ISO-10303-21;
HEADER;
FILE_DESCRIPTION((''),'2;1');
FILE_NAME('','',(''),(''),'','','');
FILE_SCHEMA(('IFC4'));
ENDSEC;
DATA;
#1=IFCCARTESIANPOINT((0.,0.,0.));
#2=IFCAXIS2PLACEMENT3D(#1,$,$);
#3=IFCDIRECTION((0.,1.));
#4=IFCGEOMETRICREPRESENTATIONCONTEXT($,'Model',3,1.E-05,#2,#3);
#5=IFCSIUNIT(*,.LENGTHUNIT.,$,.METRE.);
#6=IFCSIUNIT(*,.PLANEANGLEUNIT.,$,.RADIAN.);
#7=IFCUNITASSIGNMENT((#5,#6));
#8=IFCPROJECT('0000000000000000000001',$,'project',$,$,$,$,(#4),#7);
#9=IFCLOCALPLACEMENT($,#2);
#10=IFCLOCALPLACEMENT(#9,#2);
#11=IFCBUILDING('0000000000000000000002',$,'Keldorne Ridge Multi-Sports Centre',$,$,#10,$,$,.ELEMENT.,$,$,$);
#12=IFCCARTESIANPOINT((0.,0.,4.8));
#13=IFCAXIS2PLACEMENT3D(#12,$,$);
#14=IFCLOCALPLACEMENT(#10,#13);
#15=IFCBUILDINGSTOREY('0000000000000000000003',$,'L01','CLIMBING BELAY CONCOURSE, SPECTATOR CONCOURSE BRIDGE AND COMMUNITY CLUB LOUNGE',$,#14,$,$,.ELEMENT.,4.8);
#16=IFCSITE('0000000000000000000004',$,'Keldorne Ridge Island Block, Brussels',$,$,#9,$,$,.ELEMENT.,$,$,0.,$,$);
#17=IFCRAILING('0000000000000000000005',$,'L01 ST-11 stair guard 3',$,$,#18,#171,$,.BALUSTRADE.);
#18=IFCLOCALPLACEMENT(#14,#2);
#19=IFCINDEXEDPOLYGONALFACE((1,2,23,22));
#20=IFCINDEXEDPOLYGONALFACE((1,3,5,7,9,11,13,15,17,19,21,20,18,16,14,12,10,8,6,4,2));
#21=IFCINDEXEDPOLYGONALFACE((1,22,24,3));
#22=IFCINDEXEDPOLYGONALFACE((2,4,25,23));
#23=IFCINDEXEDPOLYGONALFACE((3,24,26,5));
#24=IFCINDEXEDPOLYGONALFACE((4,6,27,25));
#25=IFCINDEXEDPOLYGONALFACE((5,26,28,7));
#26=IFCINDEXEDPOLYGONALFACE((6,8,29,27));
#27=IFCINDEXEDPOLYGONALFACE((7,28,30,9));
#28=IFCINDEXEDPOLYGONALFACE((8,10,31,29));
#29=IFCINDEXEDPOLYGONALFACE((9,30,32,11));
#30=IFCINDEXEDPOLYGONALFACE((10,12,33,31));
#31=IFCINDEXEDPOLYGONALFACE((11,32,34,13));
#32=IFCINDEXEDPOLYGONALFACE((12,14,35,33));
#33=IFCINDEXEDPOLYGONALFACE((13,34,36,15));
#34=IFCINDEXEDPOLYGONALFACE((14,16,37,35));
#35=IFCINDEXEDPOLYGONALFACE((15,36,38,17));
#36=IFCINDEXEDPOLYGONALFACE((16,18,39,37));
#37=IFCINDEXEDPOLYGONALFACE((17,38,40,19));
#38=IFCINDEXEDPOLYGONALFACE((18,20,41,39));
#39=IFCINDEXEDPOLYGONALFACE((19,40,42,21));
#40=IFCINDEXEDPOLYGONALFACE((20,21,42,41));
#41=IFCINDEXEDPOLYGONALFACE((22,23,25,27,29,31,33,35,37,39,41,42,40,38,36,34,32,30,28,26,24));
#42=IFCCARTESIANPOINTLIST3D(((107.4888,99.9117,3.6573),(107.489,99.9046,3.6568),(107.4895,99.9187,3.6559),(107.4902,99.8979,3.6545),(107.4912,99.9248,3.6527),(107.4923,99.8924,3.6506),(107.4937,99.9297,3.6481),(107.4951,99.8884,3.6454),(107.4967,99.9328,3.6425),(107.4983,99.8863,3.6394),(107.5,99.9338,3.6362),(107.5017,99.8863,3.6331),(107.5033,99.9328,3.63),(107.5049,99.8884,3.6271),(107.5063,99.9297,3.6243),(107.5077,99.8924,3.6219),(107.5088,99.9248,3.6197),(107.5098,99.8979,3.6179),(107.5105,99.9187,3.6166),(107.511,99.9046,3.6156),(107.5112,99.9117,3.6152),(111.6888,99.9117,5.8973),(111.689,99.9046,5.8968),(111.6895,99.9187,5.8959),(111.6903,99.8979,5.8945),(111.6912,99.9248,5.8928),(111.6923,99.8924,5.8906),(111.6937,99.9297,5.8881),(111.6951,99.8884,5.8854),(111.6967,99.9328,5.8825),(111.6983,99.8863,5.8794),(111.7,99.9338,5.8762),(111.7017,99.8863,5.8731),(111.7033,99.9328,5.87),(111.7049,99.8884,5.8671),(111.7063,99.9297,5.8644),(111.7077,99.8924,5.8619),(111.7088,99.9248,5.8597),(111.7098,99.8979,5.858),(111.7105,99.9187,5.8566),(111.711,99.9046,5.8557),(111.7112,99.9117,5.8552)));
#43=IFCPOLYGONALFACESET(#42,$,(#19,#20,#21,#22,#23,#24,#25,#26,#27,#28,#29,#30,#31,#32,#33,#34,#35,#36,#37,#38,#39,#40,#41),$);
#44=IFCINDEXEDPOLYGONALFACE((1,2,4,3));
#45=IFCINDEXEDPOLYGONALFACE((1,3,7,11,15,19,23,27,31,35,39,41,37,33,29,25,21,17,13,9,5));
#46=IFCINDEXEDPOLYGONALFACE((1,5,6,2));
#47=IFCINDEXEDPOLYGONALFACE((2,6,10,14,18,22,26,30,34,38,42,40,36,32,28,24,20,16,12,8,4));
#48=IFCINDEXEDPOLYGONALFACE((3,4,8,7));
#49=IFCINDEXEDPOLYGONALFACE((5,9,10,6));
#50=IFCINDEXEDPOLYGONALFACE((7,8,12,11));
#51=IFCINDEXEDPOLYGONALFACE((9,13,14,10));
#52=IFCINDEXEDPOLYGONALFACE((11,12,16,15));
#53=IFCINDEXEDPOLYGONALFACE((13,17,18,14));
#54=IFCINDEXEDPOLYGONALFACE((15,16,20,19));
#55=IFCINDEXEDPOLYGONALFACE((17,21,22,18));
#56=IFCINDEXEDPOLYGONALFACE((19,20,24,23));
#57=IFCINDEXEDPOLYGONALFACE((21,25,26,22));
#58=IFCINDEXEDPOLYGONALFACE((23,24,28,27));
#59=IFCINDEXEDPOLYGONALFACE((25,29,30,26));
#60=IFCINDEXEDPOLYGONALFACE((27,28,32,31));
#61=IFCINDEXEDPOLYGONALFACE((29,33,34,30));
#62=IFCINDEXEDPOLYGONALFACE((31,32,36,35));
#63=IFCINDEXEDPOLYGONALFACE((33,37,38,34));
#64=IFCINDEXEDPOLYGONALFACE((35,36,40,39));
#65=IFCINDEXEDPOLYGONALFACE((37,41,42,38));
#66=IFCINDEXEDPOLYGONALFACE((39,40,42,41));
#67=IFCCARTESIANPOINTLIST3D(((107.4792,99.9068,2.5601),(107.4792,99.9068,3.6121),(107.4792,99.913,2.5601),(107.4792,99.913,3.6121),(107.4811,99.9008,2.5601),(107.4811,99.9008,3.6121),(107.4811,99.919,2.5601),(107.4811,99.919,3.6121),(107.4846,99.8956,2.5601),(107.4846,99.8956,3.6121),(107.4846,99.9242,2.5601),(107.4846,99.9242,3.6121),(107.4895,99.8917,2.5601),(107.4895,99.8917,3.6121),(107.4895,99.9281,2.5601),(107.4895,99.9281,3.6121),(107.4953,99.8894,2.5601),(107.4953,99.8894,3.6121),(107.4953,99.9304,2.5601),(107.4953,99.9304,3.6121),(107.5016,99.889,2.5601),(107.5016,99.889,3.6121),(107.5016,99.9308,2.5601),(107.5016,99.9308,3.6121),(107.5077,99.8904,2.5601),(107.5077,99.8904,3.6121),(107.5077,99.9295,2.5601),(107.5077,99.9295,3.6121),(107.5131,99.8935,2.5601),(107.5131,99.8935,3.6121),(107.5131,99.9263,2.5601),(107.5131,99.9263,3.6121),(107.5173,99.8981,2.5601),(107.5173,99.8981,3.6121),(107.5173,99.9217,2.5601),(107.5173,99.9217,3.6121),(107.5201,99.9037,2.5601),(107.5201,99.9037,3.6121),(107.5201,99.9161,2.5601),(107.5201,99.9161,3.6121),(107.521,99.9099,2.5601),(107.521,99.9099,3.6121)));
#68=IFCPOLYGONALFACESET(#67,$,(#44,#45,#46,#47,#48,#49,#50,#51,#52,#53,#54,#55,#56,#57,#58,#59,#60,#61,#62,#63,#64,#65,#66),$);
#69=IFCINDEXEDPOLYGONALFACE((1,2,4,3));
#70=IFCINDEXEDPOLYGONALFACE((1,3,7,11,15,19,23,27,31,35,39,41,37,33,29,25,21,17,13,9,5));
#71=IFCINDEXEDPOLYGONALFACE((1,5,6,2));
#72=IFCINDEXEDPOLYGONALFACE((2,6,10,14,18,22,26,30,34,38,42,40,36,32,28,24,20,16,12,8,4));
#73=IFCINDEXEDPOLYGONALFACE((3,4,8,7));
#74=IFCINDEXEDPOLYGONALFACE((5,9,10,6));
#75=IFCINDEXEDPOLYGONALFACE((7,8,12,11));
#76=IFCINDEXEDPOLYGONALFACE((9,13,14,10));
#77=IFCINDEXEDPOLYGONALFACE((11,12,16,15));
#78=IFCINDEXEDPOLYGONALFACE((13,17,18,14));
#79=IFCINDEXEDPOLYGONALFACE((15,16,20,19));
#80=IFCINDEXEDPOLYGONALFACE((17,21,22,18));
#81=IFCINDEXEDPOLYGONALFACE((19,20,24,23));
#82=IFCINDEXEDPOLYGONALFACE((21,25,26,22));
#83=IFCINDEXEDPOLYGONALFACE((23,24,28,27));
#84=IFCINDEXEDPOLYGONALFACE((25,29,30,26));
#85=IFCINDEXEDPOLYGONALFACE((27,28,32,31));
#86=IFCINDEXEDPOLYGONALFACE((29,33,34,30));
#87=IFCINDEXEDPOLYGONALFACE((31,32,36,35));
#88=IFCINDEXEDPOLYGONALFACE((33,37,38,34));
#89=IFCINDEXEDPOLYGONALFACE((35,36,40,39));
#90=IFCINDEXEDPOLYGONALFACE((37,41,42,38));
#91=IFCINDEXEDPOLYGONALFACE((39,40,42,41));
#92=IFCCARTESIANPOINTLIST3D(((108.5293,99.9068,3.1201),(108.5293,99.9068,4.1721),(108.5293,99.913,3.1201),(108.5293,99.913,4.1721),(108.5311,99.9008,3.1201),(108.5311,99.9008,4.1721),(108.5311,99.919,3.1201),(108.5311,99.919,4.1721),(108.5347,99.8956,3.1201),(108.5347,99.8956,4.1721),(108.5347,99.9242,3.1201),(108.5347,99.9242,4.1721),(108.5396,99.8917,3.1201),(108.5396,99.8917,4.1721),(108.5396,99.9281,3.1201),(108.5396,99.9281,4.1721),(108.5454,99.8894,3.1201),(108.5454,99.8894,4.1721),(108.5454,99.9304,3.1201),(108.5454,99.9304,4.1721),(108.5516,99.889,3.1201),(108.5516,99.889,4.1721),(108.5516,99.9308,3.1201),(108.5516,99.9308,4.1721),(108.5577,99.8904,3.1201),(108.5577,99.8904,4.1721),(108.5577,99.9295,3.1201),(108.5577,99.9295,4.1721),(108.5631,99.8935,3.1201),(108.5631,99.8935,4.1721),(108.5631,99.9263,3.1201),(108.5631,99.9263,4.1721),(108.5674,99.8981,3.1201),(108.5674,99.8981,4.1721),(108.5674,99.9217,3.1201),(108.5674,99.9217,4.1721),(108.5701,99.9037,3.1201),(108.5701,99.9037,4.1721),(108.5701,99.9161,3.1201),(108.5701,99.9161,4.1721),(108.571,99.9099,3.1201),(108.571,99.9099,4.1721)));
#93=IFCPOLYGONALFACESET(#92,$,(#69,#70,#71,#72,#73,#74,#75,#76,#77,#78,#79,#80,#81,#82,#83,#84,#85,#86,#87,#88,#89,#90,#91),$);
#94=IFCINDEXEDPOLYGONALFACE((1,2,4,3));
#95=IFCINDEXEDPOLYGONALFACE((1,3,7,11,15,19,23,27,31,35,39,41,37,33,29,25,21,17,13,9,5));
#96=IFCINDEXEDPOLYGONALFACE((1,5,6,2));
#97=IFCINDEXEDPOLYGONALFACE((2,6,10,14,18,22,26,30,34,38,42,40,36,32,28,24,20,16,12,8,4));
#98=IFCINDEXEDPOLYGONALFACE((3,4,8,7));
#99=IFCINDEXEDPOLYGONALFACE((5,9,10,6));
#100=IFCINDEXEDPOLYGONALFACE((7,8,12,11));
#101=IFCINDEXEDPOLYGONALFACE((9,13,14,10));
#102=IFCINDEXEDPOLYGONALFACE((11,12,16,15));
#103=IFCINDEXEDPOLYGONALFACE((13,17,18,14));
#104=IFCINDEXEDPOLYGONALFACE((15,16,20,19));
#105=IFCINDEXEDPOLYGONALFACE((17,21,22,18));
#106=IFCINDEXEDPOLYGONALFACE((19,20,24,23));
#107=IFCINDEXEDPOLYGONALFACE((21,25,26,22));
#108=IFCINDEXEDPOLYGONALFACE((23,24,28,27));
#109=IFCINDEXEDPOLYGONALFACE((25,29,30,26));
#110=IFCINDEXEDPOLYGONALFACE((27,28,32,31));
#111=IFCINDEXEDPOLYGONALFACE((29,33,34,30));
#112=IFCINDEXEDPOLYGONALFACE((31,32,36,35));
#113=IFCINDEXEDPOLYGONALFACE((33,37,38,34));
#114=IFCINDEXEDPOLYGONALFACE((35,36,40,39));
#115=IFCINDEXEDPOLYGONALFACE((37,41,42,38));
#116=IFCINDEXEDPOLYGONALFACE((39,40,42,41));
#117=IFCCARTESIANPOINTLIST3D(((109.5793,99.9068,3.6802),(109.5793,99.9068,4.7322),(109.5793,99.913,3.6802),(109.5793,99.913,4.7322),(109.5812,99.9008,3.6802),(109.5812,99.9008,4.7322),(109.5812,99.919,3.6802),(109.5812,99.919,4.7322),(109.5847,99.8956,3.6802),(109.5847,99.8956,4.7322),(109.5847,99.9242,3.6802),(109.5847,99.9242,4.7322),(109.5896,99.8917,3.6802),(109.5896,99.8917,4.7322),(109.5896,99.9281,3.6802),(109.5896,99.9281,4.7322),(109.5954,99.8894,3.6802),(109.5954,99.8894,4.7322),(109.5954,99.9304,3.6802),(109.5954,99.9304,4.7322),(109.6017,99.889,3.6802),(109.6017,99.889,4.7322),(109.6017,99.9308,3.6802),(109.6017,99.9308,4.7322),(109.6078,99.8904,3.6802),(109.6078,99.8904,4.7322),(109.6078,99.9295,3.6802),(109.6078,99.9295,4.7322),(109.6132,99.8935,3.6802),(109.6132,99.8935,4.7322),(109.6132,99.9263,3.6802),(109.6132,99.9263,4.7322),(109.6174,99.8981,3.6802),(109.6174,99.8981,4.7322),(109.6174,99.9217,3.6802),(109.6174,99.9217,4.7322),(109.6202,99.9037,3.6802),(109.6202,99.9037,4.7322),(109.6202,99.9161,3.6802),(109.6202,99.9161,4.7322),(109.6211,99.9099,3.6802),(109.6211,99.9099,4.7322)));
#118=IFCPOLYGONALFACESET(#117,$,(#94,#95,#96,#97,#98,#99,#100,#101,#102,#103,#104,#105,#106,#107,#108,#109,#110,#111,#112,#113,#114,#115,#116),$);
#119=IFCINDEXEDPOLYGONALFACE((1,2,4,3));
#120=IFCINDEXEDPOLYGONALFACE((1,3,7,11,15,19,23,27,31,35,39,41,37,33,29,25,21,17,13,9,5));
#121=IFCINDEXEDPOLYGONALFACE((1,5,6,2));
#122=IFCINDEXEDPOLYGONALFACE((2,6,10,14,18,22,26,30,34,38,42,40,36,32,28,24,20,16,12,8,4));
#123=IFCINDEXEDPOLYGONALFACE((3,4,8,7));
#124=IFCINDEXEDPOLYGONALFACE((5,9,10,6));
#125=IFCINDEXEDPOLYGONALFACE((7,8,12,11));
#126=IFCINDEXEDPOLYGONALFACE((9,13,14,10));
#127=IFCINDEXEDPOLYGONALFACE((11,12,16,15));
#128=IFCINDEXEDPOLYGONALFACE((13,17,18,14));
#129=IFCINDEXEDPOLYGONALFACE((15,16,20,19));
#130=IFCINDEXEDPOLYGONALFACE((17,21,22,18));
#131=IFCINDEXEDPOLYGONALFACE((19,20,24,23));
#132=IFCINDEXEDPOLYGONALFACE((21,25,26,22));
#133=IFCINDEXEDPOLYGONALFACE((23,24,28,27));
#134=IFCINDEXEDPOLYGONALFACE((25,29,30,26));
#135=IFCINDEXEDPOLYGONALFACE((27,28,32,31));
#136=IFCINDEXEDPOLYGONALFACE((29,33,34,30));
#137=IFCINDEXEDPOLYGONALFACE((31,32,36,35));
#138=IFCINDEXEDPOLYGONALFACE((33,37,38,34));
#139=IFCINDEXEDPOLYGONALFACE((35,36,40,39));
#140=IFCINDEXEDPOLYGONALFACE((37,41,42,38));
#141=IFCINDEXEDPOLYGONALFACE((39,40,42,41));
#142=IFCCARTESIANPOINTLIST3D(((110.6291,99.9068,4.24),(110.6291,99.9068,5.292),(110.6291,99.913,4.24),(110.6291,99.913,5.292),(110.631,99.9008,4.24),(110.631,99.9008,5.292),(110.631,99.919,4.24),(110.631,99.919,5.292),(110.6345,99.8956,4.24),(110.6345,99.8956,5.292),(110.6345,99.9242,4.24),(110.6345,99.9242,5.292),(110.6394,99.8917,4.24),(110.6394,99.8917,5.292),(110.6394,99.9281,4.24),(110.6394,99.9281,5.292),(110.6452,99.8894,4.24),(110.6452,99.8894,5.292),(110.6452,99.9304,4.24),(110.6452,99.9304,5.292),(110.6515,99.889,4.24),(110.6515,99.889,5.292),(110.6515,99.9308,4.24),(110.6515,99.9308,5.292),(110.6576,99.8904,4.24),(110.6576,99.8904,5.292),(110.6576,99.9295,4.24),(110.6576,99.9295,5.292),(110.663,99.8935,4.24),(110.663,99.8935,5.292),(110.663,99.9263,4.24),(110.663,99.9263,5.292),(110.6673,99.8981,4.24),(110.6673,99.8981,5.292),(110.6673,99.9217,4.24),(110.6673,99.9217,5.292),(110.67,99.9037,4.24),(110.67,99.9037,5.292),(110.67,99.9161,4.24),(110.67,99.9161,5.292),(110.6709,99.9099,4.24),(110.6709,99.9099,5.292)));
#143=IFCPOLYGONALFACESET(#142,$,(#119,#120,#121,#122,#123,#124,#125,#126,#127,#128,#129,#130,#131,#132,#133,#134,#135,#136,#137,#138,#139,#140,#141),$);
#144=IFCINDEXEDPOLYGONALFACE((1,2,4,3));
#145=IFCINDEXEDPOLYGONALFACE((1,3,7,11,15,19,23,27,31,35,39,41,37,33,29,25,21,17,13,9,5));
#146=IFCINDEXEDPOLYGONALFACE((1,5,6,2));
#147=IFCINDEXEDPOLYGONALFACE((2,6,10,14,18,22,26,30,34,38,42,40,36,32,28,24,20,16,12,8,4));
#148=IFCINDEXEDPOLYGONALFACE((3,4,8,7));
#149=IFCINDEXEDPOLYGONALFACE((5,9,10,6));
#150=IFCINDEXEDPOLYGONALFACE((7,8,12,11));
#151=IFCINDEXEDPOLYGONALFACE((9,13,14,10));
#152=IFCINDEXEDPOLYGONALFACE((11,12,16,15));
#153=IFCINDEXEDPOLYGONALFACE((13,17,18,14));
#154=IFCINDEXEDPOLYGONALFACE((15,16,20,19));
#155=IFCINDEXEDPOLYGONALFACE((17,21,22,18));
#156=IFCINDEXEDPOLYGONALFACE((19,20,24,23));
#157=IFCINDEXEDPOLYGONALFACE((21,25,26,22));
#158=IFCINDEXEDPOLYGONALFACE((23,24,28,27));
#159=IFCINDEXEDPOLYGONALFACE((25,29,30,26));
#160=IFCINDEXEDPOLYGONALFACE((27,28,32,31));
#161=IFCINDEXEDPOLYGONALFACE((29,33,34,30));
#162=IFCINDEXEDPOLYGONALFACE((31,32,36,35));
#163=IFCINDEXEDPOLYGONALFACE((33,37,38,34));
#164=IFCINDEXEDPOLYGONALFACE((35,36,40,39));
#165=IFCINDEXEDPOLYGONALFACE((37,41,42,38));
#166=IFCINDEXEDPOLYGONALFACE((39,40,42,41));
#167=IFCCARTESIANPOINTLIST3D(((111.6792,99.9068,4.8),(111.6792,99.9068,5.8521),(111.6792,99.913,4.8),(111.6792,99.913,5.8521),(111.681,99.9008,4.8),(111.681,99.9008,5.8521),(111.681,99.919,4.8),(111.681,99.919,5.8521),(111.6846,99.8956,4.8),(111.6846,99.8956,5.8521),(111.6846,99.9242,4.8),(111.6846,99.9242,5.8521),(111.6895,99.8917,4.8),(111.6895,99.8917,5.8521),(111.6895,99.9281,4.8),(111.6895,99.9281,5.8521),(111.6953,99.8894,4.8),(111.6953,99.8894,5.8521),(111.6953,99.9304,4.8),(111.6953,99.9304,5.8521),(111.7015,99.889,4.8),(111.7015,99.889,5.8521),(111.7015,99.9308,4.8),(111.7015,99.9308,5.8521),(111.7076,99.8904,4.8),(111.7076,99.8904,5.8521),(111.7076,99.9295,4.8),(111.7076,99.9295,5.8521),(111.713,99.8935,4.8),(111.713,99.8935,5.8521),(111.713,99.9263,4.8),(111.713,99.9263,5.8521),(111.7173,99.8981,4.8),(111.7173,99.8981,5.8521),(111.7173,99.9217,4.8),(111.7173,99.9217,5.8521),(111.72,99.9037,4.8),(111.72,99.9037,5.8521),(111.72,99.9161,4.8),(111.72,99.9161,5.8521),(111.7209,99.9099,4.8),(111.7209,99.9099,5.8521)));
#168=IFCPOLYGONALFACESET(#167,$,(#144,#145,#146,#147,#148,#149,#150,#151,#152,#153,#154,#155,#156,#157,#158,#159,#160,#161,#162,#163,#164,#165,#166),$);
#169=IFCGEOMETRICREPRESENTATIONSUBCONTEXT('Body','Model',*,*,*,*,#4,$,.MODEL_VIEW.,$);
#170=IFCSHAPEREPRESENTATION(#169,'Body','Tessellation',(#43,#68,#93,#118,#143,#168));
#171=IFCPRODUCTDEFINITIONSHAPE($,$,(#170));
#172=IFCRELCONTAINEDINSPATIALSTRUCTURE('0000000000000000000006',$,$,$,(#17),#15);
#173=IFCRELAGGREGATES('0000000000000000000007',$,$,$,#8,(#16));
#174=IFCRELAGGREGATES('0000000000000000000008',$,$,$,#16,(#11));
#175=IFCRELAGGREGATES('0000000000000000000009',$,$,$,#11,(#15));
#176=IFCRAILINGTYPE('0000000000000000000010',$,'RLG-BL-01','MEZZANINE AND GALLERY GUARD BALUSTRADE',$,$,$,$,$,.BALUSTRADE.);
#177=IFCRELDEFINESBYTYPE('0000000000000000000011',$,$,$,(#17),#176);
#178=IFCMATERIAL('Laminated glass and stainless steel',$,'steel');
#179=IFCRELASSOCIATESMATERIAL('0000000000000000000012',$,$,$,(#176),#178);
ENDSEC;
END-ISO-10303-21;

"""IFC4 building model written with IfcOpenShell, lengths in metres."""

from ifc_helpers import new_model, si_unit, direction, frame, origin, origin_2d, place, context, subcontext, project, spatial, circle, extrude, material, type_object, element, save


model = new_model("IFC4")

# Units and contexts
model_context = context("Model", 3, precision=1e-05, world=origin(), true_north=direction((0.0, 1.0)))
body_context = subcontext(model_context, "Body", "Model", "MODEL_VIEW")
ifc_project = project(units=[si_unit("LENGTHUNIT", "METRE"), si_unit("PLANEANGLEUNIT", "RADIAN")], contexts=[model_context])

# Site, building, storey
site_placement = place(None, origin())
site = spatial("IfcSite", under=ifc_project, at=site_placement, Name="Keldorne Ridge Island Block, Brussels", CompositionType="ELEMENT", RefElevation=0.0)
building_placement = place(site_placement, origin())
building = spatial("IfcBuilding", under=site, at=building_placement, Name="Keldorne Ridge Multi-Sports Centre", CompositionType="ELEMENT")
storey_placement = place(building_placement, frame((0.0, 0.0, 4.8)))
storey = spatial("IfcBuildingStorey", under=building, at=storey_placement, Name="L01", Description="CLIMBING BELAY CONCOURSE, SPECTATOR CONCOURSE BRIDGE AND COMMUNITY CLUB LOUNGE", CompositionType="ELEMENT", Elevation=4.8)

# Railing
ifc_material_1 = material(Name="Laminated glass and stainless steel", Category="steel")
railing_type_1 = type_object("IfcRailingType", Name="RLG-BL-01", Description="MEZZANINE AND GALLERY GUARD BALUSTRADE", PredefinedType="BALUSTRADE", material=ifc_material_1)
railing_1_placement = place(storey_placement, frame((107.5, 99.9099, 2.5601)))
element("IfcRailing", 1, at=railing_1_placement, inside=storey, type_object=railing_type_1, Name="L01 ST-11 stair guard 3", PredefinedType="BALUSTRADE", context=body_context, shape_type="SweptSolid", body=[
    extrude(circle(Radius=0.0239, at=origin_2d()), frame((0.0, 0.0, 1.0762), z_axis=(0.882352, 0.0, 0.470591), x_axis=(0.0, 1.0, 0.0)), (0.0, 0.0, 1.0), 4.76),
    extrude(circle(Radius=0.021, at=origin_2d()), origin(), (0.0, 0.0, 1.0), 1.052),
    extrude(circle(Radius=0.021, at=origin_2d()), frame((1.05, 0.0, 0.5601)), (0.0, 0.0, 1.0), 1.052),
    extrude(circle(Radius=0.021, at=origin_2d()), frame((2.1001, 0.0, 1.1201)), (0.0, 0.0, 1.0), 1.052),
    extrude(circle(Radius=0.021, at=origin_2d()), frame((3.1499, 0.0, 1.6799)), (0.0, 0.0, 1.0), 1.052),
    extrude(circle(Radius=0.021, at=origin_2d()), frame((4.2, 0.0, 2.24)), (0.0, 0.0, 1.0), 1.052),
])

save(model, "model.ifc")
